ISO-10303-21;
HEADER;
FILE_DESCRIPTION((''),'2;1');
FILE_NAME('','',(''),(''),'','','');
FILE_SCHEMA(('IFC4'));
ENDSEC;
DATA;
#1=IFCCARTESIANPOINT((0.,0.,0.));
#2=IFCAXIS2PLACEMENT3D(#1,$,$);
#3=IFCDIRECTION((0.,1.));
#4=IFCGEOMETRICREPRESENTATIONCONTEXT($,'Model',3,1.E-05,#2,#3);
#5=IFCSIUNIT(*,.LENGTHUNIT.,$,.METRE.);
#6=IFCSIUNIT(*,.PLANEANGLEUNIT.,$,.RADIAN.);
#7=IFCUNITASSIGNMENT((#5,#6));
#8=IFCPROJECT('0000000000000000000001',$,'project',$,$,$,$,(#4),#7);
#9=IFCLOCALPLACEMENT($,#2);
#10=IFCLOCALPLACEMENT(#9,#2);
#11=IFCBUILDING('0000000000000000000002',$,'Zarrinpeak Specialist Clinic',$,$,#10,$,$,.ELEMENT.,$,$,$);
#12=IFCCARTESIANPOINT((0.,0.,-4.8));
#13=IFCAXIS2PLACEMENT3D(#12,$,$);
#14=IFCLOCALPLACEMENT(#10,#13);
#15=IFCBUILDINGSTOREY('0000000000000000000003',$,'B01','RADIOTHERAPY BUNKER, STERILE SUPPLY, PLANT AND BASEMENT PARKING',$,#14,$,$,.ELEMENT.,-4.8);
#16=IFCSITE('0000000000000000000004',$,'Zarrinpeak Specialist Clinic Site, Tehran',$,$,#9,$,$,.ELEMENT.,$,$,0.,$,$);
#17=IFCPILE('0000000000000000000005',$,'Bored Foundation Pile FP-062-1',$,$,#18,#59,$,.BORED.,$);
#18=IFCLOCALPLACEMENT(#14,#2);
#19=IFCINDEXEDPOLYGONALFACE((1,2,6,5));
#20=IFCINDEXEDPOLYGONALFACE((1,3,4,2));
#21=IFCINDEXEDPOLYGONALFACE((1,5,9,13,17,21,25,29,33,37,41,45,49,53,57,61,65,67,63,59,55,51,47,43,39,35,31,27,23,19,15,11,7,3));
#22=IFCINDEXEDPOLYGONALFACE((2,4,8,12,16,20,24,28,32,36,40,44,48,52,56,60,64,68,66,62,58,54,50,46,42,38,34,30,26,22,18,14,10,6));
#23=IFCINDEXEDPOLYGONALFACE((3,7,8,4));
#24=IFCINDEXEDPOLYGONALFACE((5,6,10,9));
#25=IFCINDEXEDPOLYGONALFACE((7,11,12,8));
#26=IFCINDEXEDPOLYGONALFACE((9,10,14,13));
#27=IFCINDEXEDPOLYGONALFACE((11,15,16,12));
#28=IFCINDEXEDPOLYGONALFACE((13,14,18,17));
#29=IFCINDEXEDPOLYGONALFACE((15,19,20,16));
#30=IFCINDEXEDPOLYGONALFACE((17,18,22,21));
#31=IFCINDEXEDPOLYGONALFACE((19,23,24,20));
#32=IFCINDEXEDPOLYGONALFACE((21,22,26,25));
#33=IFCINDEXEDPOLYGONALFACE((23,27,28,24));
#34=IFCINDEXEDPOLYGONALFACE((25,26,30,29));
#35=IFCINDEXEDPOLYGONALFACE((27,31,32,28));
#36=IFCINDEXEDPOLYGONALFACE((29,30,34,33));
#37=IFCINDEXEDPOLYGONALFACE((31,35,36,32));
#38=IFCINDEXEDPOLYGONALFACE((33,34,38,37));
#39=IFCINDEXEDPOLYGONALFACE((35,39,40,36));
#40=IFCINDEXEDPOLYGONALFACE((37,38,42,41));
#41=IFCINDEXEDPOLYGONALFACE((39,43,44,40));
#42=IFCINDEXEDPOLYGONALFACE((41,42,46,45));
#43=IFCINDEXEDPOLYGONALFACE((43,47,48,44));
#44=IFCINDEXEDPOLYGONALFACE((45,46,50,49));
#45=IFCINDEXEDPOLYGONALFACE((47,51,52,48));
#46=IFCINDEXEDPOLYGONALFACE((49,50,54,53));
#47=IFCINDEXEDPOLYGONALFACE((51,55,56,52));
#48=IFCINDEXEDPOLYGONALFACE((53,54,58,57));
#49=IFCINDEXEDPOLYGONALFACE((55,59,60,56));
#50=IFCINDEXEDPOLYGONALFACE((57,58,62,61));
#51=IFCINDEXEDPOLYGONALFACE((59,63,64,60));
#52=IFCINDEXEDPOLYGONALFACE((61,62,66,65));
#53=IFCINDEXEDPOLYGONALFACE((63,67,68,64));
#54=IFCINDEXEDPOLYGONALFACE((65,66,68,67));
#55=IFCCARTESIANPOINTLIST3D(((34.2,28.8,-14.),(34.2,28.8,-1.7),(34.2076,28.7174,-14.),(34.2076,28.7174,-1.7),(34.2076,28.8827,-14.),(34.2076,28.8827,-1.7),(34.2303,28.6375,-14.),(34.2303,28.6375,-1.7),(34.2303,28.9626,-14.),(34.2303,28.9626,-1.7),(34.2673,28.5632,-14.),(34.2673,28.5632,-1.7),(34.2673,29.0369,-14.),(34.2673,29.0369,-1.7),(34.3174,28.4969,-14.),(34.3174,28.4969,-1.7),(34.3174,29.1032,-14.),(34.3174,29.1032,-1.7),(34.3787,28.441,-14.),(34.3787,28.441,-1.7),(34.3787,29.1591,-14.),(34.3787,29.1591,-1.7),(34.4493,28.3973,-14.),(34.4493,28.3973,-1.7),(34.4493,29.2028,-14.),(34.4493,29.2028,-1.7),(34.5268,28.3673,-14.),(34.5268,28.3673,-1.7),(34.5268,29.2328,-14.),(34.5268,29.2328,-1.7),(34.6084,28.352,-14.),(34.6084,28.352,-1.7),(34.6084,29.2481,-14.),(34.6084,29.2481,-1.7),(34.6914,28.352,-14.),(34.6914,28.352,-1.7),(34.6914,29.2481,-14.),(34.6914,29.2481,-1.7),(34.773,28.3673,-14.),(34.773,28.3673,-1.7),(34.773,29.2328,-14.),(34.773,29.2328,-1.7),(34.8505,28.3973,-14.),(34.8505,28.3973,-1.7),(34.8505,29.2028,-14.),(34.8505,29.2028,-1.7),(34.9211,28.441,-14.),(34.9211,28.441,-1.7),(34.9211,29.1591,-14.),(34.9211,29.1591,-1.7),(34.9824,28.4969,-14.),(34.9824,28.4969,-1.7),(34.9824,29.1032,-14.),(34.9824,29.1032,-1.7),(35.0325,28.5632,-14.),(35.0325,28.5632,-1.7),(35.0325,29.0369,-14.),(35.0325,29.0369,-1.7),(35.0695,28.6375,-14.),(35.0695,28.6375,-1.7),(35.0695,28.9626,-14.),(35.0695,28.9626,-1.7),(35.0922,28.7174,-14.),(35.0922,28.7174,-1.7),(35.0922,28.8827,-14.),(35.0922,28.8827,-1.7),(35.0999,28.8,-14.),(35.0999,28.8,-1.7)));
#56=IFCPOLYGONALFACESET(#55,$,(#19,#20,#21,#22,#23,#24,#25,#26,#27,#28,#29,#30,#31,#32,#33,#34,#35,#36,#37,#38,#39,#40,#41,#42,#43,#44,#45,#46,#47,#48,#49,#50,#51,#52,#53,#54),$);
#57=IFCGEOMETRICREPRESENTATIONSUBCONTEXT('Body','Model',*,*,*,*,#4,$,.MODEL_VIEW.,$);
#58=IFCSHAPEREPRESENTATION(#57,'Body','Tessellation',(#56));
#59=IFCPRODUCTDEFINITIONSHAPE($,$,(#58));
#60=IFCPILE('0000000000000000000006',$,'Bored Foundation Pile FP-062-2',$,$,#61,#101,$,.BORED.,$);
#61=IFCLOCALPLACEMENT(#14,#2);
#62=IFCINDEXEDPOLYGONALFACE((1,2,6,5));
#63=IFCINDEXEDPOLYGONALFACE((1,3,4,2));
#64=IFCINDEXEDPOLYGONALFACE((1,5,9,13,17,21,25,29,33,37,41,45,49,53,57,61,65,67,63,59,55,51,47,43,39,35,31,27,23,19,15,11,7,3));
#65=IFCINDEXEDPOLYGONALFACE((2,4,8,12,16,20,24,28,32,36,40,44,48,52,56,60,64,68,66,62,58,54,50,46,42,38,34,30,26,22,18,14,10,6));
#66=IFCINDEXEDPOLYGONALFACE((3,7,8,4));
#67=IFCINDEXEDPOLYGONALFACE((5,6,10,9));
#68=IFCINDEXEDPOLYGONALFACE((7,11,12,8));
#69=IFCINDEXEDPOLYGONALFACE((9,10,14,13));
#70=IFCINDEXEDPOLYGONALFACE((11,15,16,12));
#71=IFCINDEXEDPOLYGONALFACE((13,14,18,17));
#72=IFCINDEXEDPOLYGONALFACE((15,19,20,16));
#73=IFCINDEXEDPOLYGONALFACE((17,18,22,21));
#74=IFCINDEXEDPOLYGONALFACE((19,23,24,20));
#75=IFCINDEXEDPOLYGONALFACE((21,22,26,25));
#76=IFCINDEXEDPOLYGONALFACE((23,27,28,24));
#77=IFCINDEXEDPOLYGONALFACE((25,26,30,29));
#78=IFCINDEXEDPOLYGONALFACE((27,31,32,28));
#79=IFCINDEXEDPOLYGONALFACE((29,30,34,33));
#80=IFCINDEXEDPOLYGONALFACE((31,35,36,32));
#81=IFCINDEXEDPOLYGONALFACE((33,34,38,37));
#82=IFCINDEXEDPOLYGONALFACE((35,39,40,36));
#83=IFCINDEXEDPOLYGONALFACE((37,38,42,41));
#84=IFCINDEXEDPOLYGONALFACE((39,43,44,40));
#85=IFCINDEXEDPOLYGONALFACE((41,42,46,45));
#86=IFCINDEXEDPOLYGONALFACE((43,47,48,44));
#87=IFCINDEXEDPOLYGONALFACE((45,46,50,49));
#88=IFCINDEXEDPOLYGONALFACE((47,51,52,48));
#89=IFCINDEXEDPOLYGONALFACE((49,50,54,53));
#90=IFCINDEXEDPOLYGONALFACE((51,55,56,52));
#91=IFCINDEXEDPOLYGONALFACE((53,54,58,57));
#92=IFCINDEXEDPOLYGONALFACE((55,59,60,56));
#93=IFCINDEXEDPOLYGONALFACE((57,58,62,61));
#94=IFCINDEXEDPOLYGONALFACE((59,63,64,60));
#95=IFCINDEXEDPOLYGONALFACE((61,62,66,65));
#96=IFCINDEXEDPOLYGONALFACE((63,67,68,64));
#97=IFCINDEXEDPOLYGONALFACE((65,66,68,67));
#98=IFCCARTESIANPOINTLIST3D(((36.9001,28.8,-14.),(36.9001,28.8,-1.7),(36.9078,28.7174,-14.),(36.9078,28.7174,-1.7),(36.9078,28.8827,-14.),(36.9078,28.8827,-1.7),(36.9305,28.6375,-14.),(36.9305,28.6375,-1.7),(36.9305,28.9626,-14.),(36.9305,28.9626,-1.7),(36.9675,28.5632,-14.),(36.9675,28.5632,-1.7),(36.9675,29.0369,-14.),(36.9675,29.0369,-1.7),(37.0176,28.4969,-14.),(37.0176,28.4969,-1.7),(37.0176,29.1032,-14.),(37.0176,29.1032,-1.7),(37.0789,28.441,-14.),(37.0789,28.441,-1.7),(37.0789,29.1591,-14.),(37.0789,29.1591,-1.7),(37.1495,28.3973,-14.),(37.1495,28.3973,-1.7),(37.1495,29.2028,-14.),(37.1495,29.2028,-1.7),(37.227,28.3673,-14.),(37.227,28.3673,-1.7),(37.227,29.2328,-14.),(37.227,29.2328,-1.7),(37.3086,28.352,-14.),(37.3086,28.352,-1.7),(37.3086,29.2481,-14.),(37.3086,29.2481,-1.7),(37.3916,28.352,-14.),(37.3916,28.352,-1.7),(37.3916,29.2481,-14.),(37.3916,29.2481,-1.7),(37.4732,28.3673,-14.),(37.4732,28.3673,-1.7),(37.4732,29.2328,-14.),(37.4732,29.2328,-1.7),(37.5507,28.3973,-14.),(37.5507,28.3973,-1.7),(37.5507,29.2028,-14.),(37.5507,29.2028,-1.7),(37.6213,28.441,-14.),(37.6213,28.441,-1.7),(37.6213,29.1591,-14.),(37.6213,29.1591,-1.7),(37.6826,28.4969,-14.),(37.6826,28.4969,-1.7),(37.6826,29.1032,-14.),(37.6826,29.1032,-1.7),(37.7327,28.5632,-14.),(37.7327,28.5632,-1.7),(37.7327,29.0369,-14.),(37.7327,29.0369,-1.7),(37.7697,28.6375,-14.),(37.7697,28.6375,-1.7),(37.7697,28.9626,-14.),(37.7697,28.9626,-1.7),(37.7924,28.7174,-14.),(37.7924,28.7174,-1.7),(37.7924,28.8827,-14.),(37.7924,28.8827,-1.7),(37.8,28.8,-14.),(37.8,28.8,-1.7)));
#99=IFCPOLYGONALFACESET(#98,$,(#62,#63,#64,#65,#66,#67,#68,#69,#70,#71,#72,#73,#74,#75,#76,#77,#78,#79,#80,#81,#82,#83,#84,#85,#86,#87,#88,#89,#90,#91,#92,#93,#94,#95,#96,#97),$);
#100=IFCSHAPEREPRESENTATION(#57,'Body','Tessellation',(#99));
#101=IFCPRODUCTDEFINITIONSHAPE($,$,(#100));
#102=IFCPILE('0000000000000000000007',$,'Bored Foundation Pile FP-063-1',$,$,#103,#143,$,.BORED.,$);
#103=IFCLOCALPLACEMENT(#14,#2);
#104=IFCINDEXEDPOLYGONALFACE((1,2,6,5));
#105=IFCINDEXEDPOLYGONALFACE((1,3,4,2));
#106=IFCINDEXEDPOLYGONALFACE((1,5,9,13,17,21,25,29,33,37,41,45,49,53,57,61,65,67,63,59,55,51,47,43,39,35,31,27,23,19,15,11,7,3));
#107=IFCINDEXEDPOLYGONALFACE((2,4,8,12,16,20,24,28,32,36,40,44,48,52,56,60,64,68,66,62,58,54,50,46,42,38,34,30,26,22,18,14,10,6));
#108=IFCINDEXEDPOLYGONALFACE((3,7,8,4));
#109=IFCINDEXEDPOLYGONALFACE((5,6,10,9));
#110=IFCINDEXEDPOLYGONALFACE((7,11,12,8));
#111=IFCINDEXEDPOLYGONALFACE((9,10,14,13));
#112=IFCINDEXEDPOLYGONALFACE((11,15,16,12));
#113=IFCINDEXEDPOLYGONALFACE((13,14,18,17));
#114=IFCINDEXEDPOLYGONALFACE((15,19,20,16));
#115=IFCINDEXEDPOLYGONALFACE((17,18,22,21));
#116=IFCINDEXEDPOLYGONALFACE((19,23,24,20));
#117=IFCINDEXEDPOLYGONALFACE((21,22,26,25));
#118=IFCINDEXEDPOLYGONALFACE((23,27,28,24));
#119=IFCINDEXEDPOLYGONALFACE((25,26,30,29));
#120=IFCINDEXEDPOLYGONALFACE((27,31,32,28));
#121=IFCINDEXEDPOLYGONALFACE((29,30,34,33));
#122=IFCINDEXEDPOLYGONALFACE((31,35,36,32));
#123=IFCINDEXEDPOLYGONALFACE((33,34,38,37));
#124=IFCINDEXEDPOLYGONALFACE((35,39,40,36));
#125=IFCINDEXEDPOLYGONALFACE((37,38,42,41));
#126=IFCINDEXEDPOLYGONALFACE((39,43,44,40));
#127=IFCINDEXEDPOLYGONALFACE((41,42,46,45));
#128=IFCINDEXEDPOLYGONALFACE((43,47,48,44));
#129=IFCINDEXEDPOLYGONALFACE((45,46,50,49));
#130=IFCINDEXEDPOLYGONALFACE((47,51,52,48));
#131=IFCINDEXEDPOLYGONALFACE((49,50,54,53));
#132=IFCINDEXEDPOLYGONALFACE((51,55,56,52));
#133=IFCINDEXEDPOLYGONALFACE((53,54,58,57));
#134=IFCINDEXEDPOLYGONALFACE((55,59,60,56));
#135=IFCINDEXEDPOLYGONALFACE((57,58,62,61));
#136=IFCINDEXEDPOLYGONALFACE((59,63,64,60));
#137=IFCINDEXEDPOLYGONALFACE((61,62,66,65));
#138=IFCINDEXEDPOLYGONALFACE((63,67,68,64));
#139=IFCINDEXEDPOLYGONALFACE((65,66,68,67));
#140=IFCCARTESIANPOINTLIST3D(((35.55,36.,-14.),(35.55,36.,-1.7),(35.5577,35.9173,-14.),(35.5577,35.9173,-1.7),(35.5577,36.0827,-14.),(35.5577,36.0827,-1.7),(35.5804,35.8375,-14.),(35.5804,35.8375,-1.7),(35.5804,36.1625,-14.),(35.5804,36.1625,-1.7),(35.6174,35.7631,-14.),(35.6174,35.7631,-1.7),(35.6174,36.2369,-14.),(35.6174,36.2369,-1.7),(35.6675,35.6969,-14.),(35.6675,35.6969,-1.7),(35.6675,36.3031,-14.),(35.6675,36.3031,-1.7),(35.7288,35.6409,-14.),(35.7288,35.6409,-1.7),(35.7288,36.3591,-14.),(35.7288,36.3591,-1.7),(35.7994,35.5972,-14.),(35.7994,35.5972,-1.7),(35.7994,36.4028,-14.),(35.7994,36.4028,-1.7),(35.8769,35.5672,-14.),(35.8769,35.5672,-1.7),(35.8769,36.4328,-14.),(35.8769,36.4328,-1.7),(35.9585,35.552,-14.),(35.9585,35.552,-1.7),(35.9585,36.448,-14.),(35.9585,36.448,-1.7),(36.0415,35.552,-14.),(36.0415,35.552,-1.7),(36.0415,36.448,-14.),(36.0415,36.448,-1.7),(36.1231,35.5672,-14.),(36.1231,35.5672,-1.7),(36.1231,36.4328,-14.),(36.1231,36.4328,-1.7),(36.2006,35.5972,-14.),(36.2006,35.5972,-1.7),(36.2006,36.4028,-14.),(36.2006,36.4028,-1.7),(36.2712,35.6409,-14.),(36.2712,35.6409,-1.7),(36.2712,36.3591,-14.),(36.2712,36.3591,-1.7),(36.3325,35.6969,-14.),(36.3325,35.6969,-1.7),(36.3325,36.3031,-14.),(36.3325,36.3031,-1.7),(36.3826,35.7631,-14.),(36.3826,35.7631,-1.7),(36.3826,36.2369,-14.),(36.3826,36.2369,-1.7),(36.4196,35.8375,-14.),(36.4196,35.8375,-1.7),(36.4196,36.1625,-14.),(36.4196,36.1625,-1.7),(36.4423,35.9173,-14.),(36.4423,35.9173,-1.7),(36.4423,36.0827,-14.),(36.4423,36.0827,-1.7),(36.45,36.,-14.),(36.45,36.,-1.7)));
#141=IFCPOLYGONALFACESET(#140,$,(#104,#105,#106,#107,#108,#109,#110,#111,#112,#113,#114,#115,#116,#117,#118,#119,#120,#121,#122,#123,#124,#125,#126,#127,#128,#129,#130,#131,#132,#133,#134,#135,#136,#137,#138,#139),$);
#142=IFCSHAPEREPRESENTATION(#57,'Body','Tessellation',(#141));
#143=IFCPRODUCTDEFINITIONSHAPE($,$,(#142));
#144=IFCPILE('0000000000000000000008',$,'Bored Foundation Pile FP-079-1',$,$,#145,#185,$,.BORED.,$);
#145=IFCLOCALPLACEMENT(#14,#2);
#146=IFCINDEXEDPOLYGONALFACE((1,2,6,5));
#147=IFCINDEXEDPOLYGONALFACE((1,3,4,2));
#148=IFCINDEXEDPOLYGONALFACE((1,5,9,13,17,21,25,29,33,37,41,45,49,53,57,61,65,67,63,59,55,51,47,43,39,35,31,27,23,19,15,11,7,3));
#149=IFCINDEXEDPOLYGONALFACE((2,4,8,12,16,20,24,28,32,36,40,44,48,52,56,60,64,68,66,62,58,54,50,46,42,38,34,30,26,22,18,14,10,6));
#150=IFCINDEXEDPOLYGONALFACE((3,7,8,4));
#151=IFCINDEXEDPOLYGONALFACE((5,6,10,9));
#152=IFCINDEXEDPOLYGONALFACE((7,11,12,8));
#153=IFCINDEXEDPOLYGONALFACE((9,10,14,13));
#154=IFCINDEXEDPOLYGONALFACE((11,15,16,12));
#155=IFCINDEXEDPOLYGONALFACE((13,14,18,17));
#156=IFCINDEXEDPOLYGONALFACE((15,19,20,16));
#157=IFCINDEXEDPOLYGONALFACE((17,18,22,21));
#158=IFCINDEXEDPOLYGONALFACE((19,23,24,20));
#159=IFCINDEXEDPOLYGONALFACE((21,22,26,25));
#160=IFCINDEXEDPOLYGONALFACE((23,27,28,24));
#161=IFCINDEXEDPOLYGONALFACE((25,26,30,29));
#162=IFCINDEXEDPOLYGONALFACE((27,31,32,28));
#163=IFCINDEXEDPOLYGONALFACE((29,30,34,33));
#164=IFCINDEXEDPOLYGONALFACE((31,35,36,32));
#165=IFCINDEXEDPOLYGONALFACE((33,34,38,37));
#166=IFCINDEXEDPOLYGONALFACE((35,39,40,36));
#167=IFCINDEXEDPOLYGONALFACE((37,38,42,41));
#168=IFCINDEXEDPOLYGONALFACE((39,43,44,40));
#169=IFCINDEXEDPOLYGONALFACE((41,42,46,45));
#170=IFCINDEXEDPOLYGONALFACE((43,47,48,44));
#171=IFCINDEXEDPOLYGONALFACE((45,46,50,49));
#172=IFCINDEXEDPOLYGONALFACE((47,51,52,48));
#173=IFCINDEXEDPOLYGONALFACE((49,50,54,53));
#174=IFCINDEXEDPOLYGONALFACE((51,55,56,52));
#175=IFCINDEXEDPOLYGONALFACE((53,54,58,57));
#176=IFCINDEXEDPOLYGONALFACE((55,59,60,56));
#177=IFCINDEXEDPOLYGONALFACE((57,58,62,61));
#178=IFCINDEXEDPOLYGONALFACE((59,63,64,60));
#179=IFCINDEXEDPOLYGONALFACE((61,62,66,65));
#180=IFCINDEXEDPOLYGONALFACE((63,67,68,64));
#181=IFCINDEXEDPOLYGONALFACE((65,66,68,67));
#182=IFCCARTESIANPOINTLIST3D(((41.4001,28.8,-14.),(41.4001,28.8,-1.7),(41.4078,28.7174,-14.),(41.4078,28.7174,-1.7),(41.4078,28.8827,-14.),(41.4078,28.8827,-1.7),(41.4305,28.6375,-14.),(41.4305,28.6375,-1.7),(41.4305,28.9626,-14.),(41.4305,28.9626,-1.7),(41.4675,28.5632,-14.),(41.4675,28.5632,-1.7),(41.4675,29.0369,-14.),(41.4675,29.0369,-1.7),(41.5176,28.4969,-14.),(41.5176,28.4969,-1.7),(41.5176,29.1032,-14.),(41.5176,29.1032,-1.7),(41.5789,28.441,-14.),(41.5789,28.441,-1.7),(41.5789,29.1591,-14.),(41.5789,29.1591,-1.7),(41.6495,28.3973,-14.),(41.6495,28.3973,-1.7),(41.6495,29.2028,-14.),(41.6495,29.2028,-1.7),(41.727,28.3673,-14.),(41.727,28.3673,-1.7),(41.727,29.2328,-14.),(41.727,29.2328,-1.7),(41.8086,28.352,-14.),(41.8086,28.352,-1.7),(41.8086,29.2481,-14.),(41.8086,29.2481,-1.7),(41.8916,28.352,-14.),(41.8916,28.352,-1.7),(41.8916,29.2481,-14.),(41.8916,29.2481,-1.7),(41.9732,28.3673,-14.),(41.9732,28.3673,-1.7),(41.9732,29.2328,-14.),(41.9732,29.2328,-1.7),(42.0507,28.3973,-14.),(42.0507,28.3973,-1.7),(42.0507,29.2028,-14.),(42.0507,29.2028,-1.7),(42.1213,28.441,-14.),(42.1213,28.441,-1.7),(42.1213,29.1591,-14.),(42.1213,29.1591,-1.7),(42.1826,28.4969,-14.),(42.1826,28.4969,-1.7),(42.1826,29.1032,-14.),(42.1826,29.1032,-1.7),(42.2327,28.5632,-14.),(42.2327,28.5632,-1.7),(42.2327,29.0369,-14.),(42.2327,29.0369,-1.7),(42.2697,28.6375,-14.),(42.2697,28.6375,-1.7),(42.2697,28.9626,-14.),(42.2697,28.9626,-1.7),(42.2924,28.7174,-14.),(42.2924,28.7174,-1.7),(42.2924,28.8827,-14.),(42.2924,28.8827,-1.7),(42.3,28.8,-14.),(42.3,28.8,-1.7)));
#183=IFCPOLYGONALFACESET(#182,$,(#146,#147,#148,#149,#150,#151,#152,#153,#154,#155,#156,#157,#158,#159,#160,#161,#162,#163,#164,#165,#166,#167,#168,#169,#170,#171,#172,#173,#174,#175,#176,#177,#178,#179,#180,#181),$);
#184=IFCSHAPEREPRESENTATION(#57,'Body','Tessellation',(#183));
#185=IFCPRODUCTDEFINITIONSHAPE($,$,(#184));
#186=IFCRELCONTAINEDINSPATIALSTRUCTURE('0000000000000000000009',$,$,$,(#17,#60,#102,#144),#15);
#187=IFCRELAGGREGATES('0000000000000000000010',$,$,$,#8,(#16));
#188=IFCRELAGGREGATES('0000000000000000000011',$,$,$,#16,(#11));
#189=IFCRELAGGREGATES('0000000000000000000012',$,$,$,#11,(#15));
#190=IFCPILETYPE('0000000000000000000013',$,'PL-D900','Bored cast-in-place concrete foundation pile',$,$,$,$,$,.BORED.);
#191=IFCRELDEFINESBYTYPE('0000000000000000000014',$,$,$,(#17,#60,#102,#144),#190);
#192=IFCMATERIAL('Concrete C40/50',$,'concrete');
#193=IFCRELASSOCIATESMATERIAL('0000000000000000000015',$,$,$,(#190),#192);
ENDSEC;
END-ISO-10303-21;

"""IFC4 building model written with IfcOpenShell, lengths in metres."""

from ifc_helpers import new_model, si_unit, direction, frame, origin, origin_2d, place, context, subcontext, project, spatial, circle, extrude, material, material_profile, profile_set, type_object, element, save


model = new_model("IFC4")

# Units and contexts
model_context = context("Model", 3, precision=1e-05, world=origin(), true_north=direction((0.0, 1.0)))
body_context = subcontext(model_context, "Body", "Model", "MODEL_VIEW")
ifc_project = project(units=[si_unit("LENGTHUNIT", "METRE"), si_unit("PLANEANGLEUNIT", "RADIAN")], contexts=[model_context])

# Site, building, storey
site_placement = place(None, origin())
site = spatial("IfcSite", under=ifc_project, at=site_placement, Name="Zarrinpeak Specialist Clinic Site, Tehran", CompositionType="ELEMENT", RefElevation=0.0)
building_placement = place(site_placement, origin())
building = spatial("IfcBuilding", under=site, at=building_placement, Name="Zarrinpeak Specialist Clinic", CompositionType="ELEMENT")
storey_placement = place(building_placement, frame((0.0, 0.0, -4.8)))
storey = spatial("IfcBuildingStorey", under=building, at=storey_placement, Name="B01", Description="RADIOTHERAPY BUNKER, STERILE SUPPLY, PLANT AND BASEMENT PARKING", CompositionType="ELEMENT", Elevation=-4.8)

# Shared definitions
ifc_material_1 = material(Name="Concrete C40/50", Category="concrete")

# Piles
ifc_material_profile_1 = material_profile(ifc_material_1, circle(Radius=0.45, at=origin_2d()), Name="BORED PILE D900")
ifc_profile_set_1 = profile_set([ifc_material_profile_1], Name="Concrete C40/50")
pile_type = type_object("IfcPileType", Name="PL-D900", Description="Bored cast-in-place concrete foundation pile", PredefinedType="BORED", material=ifc_profile_set_1)
for number, where, z_axis, x_axis, name in (
    (1, (34.6499, 28.8, -1.7), (0.0, 0.0, -1.0), (1.0, 0.0, 0.0), "Bored Foundation Pile FP-062-1"),
    (2, (37.3501, 28.8, -1.7), (0.0, 0.0, -1.0), (1.0, 0.0, 0.0), "Bored Foundation Pile FP-062-2"),
    (3, (36.0, 36.0, -1.7), (0.0, 0.0, -1.0), (1.0, 0.0, 0.0), "Bored Foundation Pile FP-063-1"),
    (4, (41.8501, 28.8, -1.7), (0.0, 0.0, -1.0), (1.0, 0.0, 0.0), "Bored Foundation Pile FP-079-1"),
):
    element("IfcPile", number, at=place(storey_placement, frame(where, z_axis=z_axis, x_axis=x_axis)), inside=storey, type_object=pile_type, Name=name, PredefinedType="BORED", context=body_context, shape_type="SweptSolid", body=[
        extrude(circle(Radius=0.45, at=origin_2d()), origin(), (0.0, 0.0, 1.0), 12.3),
    ])

save(model, "model.ifc")
